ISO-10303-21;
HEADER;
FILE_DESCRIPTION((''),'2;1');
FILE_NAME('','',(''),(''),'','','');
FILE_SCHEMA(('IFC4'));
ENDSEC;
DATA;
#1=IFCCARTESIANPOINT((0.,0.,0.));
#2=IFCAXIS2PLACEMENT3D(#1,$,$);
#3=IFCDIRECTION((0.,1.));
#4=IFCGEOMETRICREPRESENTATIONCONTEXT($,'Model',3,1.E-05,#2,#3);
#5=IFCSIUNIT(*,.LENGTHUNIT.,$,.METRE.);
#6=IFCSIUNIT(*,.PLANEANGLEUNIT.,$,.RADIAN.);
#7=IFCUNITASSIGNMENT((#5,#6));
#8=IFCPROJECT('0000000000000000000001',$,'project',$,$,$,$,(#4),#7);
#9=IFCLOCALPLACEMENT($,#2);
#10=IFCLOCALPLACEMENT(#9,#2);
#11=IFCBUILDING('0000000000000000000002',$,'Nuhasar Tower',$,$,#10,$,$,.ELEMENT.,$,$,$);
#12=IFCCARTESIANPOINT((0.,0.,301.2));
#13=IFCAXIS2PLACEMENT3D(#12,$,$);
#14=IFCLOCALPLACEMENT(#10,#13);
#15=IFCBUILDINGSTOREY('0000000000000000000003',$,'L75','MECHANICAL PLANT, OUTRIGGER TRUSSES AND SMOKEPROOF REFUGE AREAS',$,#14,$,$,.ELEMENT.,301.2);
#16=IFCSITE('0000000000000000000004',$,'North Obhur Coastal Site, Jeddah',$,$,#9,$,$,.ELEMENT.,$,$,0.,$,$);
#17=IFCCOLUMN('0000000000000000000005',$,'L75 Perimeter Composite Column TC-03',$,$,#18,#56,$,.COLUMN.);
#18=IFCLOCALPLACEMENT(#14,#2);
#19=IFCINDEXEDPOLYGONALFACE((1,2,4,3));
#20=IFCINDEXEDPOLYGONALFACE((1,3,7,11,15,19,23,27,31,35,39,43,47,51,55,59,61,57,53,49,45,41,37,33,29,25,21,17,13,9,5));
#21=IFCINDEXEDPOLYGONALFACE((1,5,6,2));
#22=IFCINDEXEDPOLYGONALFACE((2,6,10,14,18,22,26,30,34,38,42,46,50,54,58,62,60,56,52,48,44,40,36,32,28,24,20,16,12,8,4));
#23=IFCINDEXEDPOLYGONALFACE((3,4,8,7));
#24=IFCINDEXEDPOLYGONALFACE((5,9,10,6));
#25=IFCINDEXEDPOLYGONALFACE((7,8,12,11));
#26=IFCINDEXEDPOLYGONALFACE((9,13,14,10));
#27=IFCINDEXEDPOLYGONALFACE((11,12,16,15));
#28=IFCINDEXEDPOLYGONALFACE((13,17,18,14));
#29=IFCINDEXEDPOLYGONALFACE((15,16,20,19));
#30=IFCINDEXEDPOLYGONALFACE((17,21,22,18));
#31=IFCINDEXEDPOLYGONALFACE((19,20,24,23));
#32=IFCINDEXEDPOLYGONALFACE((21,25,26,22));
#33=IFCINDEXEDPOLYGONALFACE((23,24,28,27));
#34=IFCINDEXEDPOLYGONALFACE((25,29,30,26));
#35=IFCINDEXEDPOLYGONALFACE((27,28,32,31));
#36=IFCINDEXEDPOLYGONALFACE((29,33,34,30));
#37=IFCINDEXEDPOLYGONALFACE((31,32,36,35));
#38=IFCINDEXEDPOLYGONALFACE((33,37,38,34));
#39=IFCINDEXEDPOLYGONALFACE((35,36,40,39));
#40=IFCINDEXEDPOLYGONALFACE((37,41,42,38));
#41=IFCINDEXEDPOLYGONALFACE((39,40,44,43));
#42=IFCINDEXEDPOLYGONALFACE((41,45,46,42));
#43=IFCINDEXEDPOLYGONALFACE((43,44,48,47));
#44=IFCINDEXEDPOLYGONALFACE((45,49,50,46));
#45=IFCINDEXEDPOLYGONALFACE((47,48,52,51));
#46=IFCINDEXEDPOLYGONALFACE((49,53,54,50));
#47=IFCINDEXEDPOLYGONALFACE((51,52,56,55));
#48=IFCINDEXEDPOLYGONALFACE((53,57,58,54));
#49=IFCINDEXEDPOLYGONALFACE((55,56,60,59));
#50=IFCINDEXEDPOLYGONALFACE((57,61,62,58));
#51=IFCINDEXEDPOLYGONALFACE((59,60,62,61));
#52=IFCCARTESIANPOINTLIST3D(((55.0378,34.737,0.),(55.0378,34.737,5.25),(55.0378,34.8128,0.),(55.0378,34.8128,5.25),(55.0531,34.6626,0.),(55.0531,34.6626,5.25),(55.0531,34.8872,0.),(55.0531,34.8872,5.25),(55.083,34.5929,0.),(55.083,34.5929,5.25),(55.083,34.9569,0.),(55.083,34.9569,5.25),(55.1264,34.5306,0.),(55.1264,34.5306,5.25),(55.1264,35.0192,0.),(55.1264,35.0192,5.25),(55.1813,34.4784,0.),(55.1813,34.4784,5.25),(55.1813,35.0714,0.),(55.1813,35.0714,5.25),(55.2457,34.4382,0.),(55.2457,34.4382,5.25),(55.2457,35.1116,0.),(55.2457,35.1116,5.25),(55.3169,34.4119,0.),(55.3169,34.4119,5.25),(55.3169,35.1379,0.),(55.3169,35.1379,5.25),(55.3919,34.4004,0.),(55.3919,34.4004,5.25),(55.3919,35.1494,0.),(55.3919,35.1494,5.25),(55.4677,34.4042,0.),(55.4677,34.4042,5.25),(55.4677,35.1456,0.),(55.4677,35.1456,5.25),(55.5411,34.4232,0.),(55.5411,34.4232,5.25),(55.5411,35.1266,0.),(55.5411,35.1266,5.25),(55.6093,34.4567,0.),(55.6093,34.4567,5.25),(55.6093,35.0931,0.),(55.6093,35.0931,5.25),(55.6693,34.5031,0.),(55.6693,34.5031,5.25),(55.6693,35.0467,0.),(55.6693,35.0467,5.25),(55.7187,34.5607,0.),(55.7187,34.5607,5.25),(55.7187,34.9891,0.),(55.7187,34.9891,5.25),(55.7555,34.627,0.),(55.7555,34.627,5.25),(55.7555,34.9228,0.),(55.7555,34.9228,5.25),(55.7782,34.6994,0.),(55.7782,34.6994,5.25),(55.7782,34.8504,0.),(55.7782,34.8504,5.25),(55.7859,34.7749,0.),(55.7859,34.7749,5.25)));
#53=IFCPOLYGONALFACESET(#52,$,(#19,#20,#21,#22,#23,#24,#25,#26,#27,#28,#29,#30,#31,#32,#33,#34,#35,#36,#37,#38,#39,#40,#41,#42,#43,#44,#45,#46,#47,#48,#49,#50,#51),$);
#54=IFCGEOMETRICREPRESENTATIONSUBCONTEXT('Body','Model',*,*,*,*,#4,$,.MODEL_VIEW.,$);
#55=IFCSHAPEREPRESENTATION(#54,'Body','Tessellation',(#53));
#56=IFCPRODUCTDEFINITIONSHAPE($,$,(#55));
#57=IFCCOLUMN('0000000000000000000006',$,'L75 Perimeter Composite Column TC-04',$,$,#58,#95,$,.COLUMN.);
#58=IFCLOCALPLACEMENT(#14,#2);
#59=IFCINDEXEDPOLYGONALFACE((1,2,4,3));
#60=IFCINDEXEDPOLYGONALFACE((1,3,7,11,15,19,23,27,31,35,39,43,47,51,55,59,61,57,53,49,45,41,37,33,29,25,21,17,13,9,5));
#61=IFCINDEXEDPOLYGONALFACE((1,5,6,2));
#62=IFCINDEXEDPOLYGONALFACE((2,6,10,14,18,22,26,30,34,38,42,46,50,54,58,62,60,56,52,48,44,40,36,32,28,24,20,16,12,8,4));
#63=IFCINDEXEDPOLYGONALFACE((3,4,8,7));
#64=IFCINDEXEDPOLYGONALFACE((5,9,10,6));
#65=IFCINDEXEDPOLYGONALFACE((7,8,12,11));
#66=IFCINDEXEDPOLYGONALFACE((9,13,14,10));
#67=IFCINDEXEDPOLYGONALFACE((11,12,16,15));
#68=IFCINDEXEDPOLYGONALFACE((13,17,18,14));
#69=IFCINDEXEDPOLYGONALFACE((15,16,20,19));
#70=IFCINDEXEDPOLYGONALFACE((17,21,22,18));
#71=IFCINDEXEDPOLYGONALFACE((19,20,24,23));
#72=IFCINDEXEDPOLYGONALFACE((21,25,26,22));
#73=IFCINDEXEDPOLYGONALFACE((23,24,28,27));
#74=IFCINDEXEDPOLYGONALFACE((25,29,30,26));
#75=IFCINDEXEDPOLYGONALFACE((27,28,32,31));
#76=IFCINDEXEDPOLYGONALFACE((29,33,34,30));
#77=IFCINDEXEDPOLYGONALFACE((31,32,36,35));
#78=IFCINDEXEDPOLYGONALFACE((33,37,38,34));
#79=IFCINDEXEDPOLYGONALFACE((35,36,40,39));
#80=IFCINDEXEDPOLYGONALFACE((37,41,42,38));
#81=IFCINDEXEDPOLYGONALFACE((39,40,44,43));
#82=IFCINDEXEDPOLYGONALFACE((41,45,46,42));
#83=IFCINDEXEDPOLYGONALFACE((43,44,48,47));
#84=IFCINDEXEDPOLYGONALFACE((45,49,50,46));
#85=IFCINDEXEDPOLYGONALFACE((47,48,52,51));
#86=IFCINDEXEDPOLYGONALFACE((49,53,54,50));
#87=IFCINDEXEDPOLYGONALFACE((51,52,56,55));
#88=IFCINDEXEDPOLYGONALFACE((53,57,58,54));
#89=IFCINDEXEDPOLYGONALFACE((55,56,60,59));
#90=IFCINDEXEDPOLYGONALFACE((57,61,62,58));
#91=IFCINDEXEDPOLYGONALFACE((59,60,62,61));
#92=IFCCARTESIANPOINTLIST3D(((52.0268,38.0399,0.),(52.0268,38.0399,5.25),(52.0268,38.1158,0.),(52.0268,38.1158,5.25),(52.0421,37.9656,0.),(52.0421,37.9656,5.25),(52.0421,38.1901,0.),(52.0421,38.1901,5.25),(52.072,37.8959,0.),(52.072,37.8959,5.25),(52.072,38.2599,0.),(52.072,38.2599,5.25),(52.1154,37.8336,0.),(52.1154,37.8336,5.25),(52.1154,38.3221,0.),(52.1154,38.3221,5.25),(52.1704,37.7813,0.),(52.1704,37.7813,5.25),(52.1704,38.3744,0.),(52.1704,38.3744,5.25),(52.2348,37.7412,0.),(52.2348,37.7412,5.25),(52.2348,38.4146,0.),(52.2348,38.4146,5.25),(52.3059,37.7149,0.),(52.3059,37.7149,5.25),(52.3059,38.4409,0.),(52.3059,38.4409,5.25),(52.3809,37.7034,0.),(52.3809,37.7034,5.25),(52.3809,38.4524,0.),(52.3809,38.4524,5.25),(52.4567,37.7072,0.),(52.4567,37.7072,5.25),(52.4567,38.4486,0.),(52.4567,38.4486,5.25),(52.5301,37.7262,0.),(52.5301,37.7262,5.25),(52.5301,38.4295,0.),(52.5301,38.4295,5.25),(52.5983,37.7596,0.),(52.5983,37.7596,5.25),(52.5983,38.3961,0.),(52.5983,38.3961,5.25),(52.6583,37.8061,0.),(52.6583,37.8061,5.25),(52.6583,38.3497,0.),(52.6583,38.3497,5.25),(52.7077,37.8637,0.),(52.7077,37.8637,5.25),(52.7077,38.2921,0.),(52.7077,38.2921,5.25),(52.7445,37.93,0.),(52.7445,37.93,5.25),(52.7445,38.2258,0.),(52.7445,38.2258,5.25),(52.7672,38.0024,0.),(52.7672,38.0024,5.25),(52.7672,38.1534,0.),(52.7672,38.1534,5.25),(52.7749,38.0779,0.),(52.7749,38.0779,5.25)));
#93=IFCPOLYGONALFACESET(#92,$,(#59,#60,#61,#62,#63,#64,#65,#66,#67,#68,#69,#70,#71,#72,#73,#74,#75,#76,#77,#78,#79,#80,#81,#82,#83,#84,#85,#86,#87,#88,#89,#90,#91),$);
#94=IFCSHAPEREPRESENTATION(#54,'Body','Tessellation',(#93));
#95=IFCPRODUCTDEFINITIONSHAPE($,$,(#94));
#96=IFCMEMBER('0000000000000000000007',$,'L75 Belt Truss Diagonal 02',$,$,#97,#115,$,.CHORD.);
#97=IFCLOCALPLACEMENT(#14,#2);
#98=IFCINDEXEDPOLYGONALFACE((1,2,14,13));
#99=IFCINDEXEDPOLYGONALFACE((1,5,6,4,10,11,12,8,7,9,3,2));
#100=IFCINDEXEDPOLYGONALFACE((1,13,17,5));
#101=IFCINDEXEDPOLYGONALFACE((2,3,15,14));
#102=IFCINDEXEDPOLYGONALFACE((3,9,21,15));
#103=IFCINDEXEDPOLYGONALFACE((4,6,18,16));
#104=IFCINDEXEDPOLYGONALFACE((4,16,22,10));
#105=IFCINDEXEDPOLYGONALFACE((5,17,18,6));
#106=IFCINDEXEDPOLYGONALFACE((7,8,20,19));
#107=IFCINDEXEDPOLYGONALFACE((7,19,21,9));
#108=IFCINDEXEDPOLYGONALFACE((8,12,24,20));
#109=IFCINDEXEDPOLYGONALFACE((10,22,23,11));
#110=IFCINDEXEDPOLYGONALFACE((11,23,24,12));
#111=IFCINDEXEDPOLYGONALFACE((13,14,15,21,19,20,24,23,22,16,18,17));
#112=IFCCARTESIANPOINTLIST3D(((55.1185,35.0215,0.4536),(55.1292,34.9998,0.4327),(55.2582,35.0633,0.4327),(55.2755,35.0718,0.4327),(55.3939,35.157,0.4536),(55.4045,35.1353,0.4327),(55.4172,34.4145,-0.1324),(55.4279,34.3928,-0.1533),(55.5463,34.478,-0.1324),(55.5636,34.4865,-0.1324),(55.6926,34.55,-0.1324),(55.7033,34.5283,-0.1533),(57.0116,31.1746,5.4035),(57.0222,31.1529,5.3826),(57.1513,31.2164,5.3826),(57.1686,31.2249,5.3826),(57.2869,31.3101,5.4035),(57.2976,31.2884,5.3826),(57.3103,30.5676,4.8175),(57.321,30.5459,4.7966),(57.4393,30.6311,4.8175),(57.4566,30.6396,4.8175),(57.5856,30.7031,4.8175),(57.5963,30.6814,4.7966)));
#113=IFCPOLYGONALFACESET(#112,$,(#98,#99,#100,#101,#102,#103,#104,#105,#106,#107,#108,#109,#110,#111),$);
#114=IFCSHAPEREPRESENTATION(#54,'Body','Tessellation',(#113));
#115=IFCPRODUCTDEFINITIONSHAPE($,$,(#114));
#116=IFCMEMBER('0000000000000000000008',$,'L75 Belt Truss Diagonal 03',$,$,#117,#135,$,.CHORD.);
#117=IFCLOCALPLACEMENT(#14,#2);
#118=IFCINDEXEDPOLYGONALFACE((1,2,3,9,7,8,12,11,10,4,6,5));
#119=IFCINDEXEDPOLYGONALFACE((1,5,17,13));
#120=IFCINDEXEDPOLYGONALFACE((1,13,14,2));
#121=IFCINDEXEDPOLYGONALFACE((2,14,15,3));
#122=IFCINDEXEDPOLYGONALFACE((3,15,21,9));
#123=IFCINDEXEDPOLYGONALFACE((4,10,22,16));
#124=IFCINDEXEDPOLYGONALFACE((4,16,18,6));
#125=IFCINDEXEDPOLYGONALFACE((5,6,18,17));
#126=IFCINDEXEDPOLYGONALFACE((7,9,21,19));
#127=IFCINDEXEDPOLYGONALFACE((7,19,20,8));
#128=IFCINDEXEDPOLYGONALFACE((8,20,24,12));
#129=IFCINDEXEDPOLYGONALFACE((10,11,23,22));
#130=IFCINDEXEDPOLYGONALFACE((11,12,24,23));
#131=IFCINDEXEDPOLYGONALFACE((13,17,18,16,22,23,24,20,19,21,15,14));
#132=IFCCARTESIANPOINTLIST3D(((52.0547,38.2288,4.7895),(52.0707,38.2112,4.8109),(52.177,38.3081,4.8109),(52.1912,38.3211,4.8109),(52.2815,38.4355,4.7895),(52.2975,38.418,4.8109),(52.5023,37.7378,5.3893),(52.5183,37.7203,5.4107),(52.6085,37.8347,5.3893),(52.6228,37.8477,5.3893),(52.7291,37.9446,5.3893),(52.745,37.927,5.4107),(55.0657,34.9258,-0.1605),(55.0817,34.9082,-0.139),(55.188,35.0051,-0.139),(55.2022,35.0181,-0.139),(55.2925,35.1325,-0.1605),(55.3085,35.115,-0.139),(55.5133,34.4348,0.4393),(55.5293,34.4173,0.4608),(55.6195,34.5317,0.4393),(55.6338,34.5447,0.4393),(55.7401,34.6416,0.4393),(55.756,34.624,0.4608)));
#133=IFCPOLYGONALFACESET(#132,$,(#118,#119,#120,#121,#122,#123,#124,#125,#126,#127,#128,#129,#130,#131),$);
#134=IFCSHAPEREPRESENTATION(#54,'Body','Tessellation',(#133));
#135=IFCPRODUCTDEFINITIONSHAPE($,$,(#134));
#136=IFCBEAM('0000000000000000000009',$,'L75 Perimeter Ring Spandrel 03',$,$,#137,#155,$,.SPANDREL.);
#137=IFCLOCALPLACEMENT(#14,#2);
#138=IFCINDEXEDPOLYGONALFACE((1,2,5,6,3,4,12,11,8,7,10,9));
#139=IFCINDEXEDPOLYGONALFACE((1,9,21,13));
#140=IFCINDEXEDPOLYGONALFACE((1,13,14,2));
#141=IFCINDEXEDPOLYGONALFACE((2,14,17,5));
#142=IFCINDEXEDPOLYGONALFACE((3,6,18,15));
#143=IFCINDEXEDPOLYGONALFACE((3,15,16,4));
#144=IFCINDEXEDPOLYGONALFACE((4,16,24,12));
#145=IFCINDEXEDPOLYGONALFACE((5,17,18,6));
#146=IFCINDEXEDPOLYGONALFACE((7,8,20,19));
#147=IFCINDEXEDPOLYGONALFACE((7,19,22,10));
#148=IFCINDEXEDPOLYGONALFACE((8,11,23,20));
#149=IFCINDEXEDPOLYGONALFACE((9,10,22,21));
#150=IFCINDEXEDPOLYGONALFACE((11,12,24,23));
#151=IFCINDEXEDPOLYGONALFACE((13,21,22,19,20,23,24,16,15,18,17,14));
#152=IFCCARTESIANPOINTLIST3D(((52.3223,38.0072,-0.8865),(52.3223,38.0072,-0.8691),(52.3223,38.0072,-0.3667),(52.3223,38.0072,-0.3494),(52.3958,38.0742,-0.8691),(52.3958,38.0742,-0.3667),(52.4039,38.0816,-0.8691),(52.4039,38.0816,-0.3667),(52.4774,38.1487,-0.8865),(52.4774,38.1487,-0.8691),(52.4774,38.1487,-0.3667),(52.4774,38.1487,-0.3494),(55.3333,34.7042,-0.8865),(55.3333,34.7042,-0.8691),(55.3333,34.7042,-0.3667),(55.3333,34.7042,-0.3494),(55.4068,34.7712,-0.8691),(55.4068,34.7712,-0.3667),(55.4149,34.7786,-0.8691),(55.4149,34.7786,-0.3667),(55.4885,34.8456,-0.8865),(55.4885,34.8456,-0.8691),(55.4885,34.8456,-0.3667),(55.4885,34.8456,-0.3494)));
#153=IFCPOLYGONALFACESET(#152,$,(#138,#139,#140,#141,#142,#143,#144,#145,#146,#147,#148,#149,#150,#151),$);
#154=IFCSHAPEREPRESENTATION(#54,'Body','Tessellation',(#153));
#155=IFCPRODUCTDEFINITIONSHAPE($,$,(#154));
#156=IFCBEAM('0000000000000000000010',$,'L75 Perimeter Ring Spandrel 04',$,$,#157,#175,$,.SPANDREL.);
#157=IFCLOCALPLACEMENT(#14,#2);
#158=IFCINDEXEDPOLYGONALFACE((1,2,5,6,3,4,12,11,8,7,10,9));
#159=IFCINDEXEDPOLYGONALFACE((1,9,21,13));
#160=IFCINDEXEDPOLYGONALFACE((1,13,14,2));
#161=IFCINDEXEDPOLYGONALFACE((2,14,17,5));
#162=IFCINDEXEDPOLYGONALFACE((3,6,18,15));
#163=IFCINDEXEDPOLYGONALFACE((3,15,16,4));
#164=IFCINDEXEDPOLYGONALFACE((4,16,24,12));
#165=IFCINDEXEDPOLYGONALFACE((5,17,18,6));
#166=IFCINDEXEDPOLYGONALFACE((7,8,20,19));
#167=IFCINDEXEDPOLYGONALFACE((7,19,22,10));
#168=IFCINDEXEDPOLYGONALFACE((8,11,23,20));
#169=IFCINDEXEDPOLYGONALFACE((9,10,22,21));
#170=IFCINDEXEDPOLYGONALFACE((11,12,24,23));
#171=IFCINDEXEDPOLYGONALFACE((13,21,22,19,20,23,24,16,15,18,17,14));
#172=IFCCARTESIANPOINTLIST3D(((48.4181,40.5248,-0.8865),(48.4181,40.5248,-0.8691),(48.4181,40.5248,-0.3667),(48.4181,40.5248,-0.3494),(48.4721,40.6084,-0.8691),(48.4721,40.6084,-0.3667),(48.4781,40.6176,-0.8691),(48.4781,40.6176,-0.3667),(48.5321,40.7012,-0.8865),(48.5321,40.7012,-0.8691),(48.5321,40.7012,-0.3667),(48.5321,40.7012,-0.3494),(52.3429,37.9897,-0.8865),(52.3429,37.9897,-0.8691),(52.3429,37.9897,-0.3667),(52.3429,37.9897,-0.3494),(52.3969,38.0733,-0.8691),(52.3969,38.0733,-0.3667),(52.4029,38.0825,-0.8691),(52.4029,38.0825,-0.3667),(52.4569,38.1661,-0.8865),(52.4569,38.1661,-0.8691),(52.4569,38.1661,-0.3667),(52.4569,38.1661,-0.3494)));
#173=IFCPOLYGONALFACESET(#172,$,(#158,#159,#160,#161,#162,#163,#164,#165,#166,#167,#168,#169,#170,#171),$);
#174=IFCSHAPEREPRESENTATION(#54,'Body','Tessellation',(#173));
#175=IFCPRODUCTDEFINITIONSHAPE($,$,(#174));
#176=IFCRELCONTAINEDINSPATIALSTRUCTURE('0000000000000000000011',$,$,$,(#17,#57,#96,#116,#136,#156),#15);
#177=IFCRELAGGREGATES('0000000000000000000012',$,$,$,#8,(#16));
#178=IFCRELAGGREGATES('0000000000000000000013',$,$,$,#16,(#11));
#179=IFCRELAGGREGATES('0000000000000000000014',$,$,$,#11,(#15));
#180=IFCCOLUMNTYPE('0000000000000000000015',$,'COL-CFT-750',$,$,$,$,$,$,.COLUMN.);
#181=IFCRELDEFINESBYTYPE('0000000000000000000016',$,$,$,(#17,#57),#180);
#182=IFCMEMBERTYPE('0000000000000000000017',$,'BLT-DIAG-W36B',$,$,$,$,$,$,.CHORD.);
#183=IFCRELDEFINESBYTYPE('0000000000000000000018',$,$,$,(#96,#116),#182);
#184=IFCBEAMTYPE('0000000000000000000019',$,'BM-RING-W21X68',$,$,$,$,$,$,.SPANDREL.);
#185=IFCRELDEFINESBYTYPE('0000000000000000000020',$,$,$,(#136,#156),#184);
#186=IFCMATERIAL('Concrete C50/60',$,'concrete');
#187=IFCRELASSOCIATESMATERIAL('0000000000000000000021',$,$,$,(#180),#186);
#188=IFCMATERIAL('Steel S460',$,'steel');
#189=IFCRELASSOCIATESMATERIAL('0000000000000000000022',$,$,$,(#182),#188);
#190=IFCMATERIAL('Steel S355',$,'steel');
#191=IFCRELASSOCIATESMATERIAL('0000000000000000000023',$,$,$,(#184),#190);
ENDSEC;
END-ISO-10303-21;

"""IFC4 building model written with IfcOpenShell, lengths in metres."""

from ifc_helpers import new_model, si_unit, direction, frame, origin, origin_2d, place, context, subcontext, project, spatial, circle, i_section, extrude, material, material_profile, profile_set, type_object, element, save


model = new_model("IFC4")

# Units and contexts
model_context = context("Model", 3, precision=1e-05, world=origin(), true_north=direction((0.0, 1.0)))
body_context = subcontext(model_context, "Body", "Model", "MODEL_VIEW")
ifc_project = project(units=[si_unit("LENGTHUNIT", "METRE"), si_unit("PLANEANGLEUNIT", "RADIAN")], contexts=[model_context])

# Site, building, storey
site_placement = place(None, origin())
site = spatial("IfcSite", under=ifc_project, at=site_placement, Name="North Obhur Coastal Site, Jeddah", CompositionType="ELEMENT", RefElevation=0.0)
building_placement = place(site_placement, origin())
building = spatial("IfcBuilding", under=site, at=building_placement, Name="Nuhasar Tower", CompositionType="ELEMENT")
storey_placement = place(building_placement, frame((0.0, 0.0, 301.2)))
storey = spatial("IfcBuildingStorey", under=building, at=storey_placement, Name="L75", Description="MECHANICAL PLANT, OUTRIGGER TRUSSES AND SMOKEPROOF REFUGE AREAS", CompositionType="ELEMENT", Elevation=301.2)

# Columns
ifc_material_1 = material(Name="Concrete C50/60", Category="concrete")
ifc_material_profile_1 = material_profile(ifc_material_1, circle(Radius=0.375, at=origin_2d()), Name="CFT750")
ifc_profile_set_1 = profile_set([ifc_material_profile_1], Name="Concrete C50/60")
column_type = type_object("IfcColumnType", Name="COL-CFT-750", PredefinedType="COLUMN", material=ifc_profile_set_1)
for number, where, z_axis, x_axis, name in (
    (1, (55.4109, 34.7749, 0.0), (0.0, 0.0, 1.0), (1.0, 0.0, 0.0), "L75 Perimeter Composite Column TC-03"),
    (2, (52.3999, 38.0779, 0.0), (0.0, 0.0, 1.0), (1.0, 0.0, 0.0), "L75 Perimeter Composite Column TC-04"),
):
    element("IfcColumn", number, at=place(storey_placement, frame(where, z_axis=z_axis, x_axis=x_axis)), inside=storey, type_object=column_type, Name=name, PredefinedType="COLUMN", context=body_context, shape_type="SweptSolid", body=[
        extrude(circle(Radius=0.375, at=origin_2d()), origin(), (0.0, 0.0, 1.0), 5.25),
    ])

# Members
ifc_material_2 = material(Name="Steel S460", Category="steel")
ifc_material_profile_2 = material_profile(ifc_material_2, i_section(OverallWidth=0.3069, OverallDepth=0.927, WebThickness=0.0193, FlangeThickness=0.032, at=origin_2d()), Name="W36X194")
ifc_profile_set_2 = profile_set([ifc_material_profile_2], Name="Steel S460")
member_type_1 = type_object("IfcMemberType", Name="BLT-DIAG-W36B", PredefinedType="CHORD", material=ifc_profile_set_2)
member_1_placement = place(storey_placement, frame((55.4109, 34.7749, 0.1501), z_axis=(0.289078, -0.58744, 0.755876), x_axis=(0.897245, 0.441533, 0.0)))
element("IfcMember", 3, at=member_1_placement, inside=storey, type_object=member_type_1, Name="L75 Belt Truss Diagonal 02", PredefinedType="CHORD", context=body_context, shape_type="SweptSolid", body=[
    extrude(i_section(OverallWidth=0.3069, OverallDepth=0.927, WebThickness=0.0193, FlangeThickness=0.032, at=origin_2d()), origin(), (0.0, 0.0, 1.0), 6.5486),
])
member_2_placement = place(storey_placement, frame((55.4109, 34.7749, 0.1501), z_axis=(-0.451479, 0.495261, 0.742215), x_axis=(-0.739017, -0.673686, 0.0)))
element("IfcMember", 4, at=member_2_placement, inside=storey, type_object=member_type_1, Name="L75 Belt Truss Diagonal 03", PredefinedType="CHORD", context=body_context, shape_type="SweptSolid", body=[
    extrude(i_section(OverallWidth=0.3069, OverallDepth=0.927, WebThickness=0.0193, FlangeThickness=0.032, at=origin_2d()), origin(), (0.0, 0.0, 1.0), 6.6692),
])

# Beams
ifc_material_3 = material(Name="Steel S355", Category="steel")
ifc_material_profile_3 = material_profile(ifc_material_3, i_section(OverallWidth=0.21, OverallDepth=0.5371, WebThickness=0.011, FlangeThickness=0.0173, at=origin_2d()), Name="W21X68")
ifc_profile_set_3 = profile_set([ifc_material_profile_3], Name="Steel S355")
beam_type_1 = type_object("IfcBeamType", Name="BM-RING-W21X68", PredefinedType="SPANDREL", material=ifc_profile_set_3)
beam_1_placement = place(storey_placement, frame((55.4109, 34.7749, -0.6179), z_axis=(-0.673686, 0.739017, 0.0), x_axis=(-0.739017, -0.673686, 0.0)))
element("IfcBeam", 5, at=beam_1_placement, inside=storey, type_object=beam_type_1, Name="L75 Perimeter Ring Spandrel 03", PredefinedType="SPANDREL", context=body_context, shape_type="SweptSolid", body=[
    extrude(i_section(OverallWidth=0.21, OverallDepth=0.5371, WebThickness=0.011, FlangeThickness=0.0173, at=origin_2d()), origin(), (0.0, 0.0, 1.0), 4.4695),
])
beam_2_placement = place(storey_placement, frame((52.3999, 38.0779, -0.6179), z_axis=(-0.840002, 0.542584, 0.0), x_axis=(-0.542584, -0.840002, 0.0)))
element("IfcBeam", 6, at=beam_2_placement, inside=storey, type_object=beam_type_1, Name="L75 Perimeter Ring Spandrel 04", PredefinedType="SPANDREL", context=body_context, shape_type="SweptSolid", body=[
    extrude(i_section(OverallWidth=0.21, OverallDepth=0.5371, WebThickness=0.011, FlangeThickness=0.0173, at=origin_2d()), origin(), (0.0, 0.0, 1.0), 4.6724),
])

save(model, "model.ifc")
